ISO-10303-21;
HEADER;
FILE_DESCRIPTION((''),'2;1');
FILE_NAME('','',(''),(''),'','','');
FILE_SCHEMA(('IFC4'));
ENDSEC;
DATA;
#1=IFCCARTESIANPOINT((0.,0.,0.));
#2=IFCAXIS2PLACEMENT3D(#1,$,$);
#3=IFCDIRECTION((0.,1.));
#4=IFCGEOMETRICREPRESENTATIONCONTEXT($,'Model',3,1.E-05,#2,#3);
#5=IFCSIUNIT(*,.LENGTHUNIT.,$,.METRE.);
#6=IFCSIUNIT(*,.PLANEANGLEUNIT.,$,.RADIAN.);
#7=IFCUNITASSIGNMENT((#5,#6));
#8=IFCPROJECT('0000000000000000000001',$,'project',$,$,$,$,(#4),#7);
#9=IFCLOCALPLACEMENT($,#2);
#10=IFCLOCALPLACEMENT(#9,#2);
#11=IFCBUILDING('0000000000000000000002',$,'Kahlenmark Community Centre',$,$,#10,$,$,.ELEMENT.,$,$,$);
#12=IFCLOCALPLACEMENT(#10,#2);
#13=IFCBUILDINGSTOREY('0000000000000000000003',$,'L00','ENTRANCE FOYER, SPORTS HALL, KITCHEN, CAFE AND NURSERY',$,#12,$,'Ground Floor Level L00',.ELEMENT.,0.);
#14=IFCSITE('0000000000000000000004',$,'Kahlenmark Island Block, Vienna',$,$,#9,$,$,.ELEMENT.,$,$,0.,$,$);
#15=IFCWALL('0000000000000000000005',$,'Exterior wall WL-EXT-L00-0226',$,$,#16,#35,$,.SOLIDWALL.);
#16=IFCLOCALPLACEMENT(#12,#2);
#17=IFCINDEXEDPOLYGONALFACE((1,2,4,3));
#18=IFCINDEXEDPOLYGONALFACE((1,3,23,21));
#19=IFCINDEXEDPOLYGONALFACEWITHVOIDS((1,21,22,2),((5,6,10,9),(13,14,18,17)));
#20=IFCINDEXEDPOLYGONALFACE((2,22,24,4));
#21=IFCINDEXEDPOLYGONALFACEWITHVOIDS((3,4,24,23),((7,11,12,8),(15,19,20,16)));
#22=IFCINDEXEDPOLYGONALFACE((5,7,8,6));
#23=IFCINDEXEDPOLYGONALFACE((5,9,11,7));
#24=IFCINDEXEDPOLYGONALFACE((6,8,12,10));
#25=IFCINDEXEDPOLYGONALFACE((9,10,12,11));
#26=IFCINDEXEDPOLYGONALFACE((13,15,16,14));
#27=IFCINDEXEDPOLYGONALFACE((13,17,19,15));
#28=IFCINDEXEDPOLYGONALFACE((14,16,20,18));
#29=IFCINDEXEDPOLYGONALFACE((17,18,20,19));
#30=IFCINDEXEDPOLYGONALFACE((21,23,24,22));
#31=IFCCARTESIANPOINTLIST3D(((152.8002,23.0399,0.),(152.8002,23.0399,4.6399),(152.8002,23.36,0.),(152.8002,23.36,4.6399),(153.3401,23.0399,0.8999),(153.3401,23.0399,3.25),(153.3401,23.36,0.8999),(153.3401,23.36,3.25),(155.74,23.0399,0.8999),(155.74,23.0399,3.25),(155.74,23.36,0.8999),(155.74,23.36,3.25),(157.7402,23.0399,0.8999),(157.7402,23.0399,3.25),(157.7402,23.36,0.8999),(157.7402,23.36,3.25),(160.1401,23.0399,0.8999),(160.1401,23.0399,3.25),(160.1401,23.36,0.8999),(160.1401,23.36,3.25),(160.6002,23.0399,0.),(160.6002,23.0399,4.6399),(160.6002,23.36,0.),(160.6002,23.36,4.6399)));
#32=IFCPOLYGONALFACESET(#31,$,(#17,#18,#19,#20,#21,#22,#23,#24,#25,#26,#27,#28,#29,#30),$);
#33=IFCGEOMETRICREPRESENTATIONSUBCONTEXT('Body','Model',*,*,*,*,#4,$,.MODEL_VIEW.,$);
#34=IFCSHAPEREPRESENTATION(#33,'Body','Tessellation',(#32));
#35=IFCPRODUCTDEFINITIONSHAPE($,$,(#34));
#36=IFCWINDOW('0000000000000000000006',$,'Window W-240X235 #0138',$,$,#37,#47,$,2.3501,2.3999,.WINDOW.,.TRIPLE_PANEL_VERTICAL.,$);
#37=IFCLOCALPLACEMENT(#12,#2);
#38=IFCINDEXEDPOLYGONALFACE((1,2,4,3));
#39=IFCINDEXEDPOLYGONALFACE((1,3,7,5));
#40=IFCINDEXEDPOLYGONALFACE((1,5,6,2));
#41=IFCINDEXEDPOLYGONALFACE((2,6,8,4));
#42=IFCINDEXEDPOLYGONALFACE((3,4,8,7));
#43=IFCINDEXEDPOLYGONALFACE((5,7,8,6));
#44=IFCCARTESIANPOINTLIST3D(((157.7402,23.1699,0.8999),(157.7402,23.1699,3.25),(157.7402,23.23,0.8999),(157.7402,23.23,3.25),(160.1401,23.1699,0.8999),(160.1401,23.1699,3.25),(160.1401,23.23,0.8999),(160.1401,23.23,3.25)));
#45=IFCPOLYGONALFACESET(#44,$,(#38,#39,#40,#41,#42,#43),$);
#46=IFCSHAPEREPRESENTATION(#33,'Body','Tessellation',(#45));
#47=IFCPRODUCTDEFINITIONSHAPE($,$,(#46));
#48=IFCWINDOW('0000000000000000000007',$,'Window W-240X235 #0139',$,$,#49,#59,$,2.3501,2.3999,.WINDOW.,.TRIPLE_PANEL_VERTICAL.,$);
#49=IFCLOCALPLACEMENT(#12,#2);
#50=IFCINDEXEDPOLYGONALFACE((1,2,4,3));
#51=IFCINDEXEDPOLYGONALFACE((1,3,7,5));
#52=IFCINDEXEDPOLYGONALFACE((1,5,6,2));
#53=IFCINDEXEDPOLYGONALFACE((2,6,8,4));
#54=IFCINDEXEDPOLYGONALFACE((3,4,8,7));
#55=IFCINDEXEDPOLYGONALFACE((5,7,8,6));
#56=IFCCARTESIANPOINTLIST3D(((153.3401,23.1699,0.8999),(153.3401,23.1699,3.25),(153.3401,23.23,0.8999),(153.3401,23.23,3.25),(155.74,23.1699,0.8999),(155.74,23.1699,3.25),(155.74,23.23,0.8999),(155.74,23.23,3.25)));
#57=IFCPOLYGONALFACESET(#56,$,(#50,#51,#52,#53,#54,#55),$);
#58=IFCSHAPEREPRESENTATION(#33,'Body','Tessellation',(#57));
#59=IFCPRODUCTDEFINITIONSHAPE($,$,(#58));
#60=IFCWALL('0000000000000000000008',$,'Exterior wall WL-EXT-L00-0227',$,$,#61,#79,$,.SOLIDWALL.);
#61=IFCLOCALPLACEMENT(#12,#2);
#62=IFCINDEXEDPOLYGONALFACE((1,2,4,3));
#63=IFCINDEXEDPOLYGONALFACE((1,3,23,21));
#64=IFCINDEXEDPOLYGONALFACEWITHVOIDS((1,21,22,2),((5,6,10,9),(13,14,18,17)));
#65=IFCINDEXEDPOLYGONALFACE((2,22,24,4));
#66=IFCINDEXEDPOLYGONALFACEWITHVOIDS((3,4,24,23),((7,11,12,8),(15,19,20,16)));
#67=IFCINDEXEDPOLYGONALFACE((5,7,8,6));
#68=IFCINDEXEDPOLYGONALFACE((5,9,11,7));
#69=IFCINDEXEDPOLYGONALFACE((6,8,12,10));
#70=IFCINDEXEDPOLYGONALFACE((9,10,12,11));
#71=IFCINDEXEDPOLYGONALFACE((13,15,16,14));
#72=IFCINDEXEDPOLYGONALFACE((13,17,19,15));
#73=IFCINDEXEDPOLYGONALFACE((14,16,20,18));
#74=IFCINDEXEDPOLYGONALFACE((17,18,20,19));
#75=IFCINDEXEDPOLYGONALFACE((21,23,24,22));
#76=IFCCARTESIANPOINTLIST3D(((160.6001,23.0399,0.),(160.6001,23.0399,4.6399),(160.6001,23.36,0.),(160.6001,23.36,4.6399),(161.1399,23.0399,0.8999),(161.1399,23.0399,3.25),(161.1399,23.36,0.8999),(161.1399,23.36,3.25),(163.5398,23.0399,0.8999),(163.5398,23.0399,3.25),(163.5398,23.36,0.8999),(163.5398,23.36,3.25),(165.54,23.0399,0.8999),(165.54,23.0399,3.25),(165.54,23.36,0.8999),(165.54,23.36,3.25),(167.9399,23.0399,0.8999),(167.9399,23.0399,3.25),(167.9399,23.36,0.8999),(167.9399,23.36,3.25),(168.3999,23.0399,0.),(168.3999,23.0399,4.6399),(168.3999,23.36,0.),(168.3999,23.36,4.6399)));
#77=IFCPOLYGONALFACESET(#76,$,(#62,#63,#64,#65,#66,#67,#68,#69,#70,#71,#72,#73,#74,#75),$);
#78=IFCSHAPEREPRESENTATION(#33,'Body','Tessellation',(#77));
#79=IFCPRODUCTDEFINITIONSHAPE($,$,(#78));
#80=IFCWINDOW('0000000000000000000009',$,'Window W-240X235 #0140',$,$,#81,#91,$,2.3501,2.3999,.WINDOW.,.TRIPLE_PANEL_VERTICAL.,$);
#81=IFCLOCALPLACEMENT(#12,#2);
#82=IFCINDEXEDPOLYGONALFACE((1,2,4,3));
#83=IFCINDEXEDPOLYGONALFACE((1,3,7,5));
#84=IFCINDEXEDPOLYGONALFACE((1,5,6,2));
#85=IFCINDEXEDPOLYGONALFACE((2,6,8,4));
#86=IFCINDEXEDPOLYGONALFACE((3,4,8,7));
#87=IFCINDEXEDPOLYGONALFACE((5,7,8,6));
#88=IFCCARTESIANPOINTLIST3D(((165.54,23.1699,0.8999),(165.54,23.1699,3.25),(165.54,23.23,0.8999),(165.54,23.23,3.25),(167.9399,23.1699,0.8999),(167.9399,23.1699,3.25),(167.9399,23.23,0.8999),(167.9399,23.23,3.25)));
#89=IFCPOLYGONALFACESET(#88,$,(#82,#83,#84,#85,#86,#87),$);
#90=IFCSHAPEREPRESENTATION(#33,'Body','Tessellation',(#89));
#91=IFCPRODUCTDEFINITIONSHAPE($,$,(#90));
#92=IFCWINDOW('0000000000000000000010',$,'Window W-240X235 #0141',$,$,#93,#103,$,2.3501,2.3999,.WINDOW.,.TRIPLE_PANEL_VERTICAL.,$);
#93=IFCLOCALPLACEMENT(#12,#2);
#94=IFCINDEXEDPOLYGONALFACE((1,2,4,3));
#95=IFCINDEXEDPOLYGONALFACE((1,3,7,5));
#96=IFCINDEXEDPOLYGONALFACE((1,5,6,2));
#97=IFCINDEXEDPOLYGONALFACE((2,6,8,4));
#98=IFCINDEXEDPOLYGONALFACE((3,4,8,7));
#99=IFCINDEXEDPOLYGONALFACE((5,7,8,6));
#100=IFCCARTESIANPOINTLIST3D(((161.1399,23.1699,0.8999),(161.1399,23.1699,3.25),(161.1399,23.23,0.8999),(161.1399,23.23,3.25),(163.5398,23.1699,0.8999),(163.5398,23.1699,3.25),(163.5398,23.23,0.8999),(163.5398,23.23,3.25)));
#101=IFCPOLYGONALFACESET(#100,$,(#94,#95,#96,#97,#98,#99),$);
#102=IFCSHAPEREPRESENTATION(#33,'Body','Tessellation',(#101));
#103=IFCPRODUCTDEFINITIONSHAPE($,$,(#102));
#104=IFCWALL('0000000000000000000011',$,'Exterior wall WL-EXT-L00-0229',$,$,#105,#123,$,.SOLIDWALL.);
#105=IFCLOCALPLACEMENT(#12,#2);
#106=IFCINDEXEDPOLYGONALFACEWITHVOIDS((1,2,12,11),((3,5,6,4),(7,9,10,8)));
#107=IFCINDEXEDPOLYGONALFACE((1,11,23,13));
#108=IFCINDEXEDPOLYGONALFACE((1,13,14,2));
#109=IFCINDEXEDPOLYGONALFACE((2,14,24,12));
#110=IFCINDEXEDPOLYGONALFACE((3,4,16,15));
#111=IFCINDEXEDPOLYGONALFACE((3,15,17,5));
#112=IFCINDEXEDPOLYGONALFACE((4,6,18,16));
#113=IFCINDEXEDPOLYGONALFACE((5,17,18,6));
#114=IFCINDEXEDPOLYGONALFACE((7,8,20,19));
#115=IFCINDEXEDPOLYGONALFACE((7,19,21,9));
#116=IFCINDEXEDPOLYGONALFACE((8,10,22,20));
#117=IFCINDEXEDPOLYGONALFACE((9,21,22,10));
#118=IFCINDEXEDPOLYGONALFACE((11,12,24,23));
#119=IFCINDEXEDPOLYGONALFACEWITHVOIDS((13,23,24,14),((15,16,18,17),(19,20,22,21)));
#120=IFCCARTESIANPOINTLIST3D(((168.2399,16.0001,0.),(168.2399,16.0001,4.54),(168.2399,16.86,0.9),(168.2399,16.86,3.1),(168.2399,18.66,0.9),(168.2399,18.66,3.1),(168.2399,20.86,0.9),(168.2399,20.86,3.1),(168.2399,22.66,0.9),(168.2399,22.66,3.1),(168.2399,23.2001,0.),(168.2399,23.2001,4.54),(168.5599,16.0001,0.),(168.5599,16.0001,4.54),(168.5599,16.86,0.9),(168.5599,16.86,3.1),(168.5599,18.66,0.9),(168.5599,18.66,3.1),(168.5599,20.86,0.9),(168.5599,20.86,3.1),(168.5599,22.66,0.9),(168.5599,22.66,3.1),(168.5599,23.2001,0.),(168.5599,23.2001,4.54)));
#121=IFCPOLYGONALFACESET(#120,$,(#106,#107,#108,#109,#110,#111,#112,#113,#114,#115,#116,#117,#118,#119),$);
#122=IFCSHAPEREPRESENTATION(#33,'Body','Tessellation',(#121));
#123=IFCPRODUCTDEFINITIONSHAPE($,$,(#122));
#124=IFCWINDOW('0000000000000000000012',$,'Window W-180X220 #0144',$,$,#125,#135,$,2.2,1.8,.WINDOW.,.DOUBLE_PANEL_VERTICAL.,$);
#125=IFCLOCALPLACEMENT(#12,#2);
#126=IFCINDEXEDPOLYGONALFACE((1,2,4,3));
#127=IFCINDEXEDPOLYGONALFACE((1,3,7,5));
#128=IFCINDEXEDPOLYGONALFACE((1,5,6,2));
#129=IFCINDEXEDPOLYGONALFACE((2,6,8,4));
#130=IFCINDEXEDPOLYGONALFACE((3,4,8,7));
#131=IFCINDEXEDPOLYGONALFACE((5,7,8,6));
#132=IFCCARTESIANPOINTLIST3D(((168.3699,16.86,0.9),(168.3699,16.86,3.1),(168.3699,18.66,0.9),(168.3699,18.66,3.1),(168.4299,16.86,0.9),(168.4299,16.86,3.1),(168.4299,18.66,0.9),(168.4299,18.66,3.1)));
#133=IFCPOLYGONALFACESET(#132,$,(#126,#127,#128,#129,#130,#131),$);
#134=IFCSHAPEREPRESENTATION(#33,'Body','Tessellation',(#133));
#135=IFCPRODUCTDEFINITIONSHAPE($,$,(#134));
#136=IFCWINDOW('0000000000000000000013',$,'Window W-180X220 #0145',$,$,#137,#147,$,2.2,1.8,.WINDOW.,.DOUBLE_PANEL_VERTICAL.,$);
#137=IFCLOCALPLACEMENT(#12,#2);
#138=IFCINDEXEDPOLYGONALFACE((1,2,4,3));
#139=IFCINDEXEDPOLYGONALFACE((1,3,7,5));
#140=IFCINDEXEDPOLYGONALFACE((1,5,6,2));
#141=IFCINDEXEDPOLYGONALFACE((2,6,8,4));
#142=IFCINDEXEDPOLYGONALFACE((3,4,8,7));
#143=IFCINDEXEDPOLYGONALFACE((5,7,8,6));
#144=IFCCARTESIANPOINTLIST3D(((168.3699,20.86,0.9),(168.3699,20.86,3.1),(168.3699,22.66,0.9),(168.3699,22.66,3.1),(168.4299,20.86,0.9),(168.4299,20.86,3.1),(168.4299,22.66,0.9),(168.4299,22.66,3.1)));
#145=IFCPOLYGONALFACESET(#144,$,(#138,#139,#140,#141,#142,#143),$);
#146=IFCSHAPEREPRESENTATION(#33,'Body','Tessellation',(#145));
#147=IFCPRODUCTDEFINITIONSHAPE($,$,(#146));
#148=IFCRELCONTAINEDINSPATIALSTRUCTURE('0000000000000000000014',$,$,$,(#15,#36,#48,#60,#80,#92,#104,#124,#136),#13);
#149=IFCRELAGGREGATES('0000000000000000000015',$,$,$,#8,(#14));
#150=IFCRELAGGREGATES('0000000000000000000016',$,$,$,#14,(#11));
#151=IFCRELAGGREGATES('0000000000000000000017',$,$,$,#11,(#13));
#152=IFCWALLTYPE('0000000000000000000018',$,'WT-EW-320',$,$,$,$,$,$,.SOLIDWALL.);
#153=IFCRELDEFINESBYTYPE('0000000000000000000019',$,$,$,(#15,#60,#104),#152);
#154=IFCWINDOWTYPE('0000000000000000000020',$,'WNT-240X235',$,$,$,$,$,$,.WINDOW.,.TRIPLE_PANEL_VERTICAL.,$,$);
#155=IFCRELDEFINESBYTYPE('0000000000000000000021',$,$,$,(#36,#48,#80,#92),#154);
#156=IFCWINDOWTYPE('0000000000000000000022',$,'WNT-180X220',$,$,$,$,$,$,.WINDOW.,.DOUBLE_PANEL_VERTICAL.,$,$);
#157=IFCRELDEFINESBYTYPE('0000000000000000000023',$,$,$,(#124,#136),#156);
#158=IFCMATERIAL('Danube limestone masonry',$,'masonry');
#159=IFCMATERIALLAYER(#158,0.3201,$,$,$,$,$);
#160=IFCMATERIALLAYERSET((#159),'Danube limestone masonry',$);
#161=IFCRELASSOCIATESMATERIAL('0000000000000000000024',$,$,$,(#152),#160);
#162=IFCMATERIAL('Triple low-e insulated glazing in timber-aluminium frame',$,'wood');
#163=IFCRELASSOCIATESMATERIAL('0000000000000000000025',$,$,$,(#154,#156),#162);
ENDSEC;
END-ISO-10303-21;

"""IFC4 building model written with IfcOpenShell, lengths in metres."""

from ifc_helpers import new_model, si_unit, direction, frame, frame_2d, origin, place, context, subcontext, project, spatial, rectangle, extrude, material, layer, layer_set, type_object, element, fill, save


model = new_model("IFC4")

# Units and contexts
model_context = context("Model", 3, precision=1e-05, world=origin(), true_north=direction((0.0, 1.0)))
body_context = subcontext(model_context, "Body", "Model", "MODEL_VIEW")
ifc_project = project(units=[si_unit("LENGTHUNIT", "METRE"), si_unit("PLANEANGLEUNIT", "RADIAN")], contexts=[model_context])

# Site, building, storey
site_placement = place(None, origin())
site = spatial("IfcSite", under=ifc_project, at=site_placement, Name="Kahlenmark Island Block, Vienna", CompositionType="ELEMENT", RefElevation=0.0)
building_placement = place(site_placement, origin())
building = spatial("IfcBuilding", under=site, at=building_placement, Name="Kahlenmark Community Centre", CompositionType="ELEMENT")
storey_placement = place(building_placement, origin())
storey = spatial("IfcBuildingStorey", under=building, at=storey_placement, Name="L00", Description="ENTRANCE FOYER, SPORTS HALL, KITCHEN, CAFE AND NURSERY", LongName="Ground Floor Level L00", CompositionType="ELEMENT", Elevation=0.0)

# Walls, openings, windows
ifc_material_1 = material(Name="Danube limestone masonry", Category="masonry")
ifc_layer = layer(ifc_material_1, 0.3201)
ifc_layer_set = layer_set([ifc_layer], Name="Danube limestone masonry")
wall_type = type_object("IfcWallType", Name="WT-EW-320", PredefinedType="SOLIDWALL", material=ifc_layer_set)
ifc_material_2 = material(Name="Triple low-e insulated glazing in timber-aluminium frame", Category="wood")
window_type_1 = type_object("IfcWindowType", Name="WNT-240X235", PartitioningType="TRIPLE_PANEL_VERTICAL", PredefinedType="WINDOW", material=ifc_material_2)
wall_1_placement = place(storey_placement, frame((160.6001, 23.2, 0.0), z_axis=(0.0, 0.0, 1.0), x_axis=(-1.0, 0.0, 0.0)))
wall_1 = element("IfcWall", 1, at=wall_1_placement, inside=storey, type_object=wall_type, Name="Exterior wall WL-EXT-L00-0226", PredefinedType="SOLIDWALL", context=body_context, shape_type="SweptSolid", body=[
    extrude(rectangle(XDim=7.8, YDim=0.3201, at=frame_2d((3.8999, 0.0))), origin(), (0.0, 0.0, 1.0), 4.6399),
])
opening_1_placement = place(wall_1_placement, frame((0.46, 0.0, 0.8999)))
opening_1 = element("IfcOpeningElement", 2, at=opening_1_placement, cuts=wall_1, PredefinedType="OPENING", context=body_context, shape_type="SweptSolid", body=[
    extrude(rectangle(XDim=2.3999, YDim=2.3501, at=frame_2d((1.2, 1.175))), frame((0.0, 0.1699, 0.0), z_axis=(0.0, -1.0, 0.0), x_axis=(1.0, 0.0, 0.0)), (0.0, 0.0, 1.0), 0.3401),
])
opening_2_placement = place(wall_1_placement, frame((4.8601, 0.0, 0.8999)))
opening_2 = element("IfcOpeningElement", 3, at=opening_2_placement, cuts=wall_1, PredefinedType="OPENING", context=body_context, shape_type="SweptSolid", body=[
    extrude(rectangle(XDim=2.3999, YDim=2.3501, at=frame_2d((1.2, 1.175))), frame((0.0, 0.1699, 0.0), z_axis=(0.0, -1.0, 0.0), x_axis=(1.0, 0.0, 0.0)), (0.0, 0.0, 1.0), 0.3401),
])
window_1_placement = place(opening_1_placement, origin())
window_1 = element("IfcWindow", 4, at=window_1_placement, inside=storey, type_object=window_type_1, Name="Window W-240X235 #0138", OverallHeight=2.3501, OverallWidth=2.3999, PartitioningType="TRIPLE_PANEL_VERTICAL", PredefinedType="WINDOW", context=body_context, shape_type="SweptSolid", body=[
    extrude(rectangle(XDim=2.3999, YDim=2.3501, at=frame_2d((1.2, 1.175))), frame((0.0, 0.03, 0.0), z_axis=(0.0, -1.0, 0.0), x_axis=(1.0, 0.0, 0.0)), (0.0, 0.0, 1.0), 0.0601),
])
fill(opening_1, window_1)
window_2_placement = place(opening_2_placement, origin())
window_2 = element("IfcWindow", 5, at=window_2_placement, inside=storey, type_object=window_type_1, Name="Window W-240X235 #0139", OverallHeight=2.3501, OverallWidth=2.3999, PartitioningType="TRIPLE_PANEL_VERTICAL", PredefinedType="WINDOW", context=body_context, shape_type="SweptSolid", body=[
    extrude(rectangle(XDim=2.3999, YDim=2.3501, at=frame_2d((1.2, 1.175))), frame((0.0, 0.03, 0.0), z_axis=(0.0, -1.0, 0.0), x_axis=(1.0, 0.0, 0.0)), (0.0, 0.0, 1.0), 0.0601),
])
fill(opening_2, window_2)
wall_2_placement = place(storey_placement, frame((168.3999, 23.2, 0.0), z_axis=(0.0, 0.0, 1.0), x_axis=(-1.0, 0.0, 0.0)))
wall_2 = element("IfcWall", 6, at=wall_2_placement, inside=storey, type_object=wall_type, Name="Exterior wall WL-EXT-L00-0227", PredefinedType="SOLIDWALL", context=body_context, shape_type="SweptSolid", body=[
    extrude(rectangle(XDim=7.7998, YDim=0.3201, at=frame_2d((3.8999, 0.0))), origin(), (0.0, 0.0, 1.0), 4.6399),
])
opening_3_placement = place(wall_2_placement, frame((0.46, 0.0, 0.8999)))
opening_3 = element("IfcOpeningElement", 7, at=opening_3_placement, cuts=wall_2, PredefinedType="OPENING", context=body_context, shape_type="SweptSolid", body=[
    extrude(rectangle(XDim=2.3999, YDim=2.3501, at=frame_2d((1.2, 1.175))), frame((0.0, 0.1699, 0.0), z_axis=(0.0, -1.0, 0.0), x_axis=(1.0, 0.0, 0.0)), (0.0, 0.0, 1.0), 0.3401),
])
opening_4_placement = place(wall_2_placement, frame((4.8601, 0.0, 0.8999)))
opening_4 = element("IfcOpeningElement", 8, at=opening_4_placement, cuts=wall_2, PredefinedType="OPENING", context=body_context, shape_type="SweptSolid", body=[
    extrude(rectangle(XDim=2.3999, YDim=2.3501, at=frame_2d((1.2, 1.175))), frame((0.0, 0.1699, 0.0), z_axis=(0.0, -1.0, 0.0), x_axis=(1.0, 0.0, 0.0)), (0.0, 0.0, 1.0), 0.3401),
])
window_3_placement = place(opening_3_placement, origin())
window_3 = element("IfcWindow", 9, at=window_3_placement, inside=storey, type_object=window_type_1, Name="Window W-240X235 #0140", OverallHeight=2.3501, OverallWidth=2.3999, PartitioningType="TRIPLE_PANEL_VERTICAL", PredefinedType="WINDOW", context=body_context, shape_type="SweptSolid", body=[
    extrude(rectangle(XDim=2.3999, YDim=2.3501, at=frame_2d((1.2, 1.175))), frame((0.0, 0.03, 0.0), z_axis=(0.0, -1.0, 0.0), x_axis=(1.0, 0.0, 0.0)), (0.0, 0.0, 1.0), 0.0601),
])
fill(opening_3, window_3)
window_4_placement = place(opening_4_placement, origin())
window_4 = element("IfcWindow", 10, at=window_4_placement, inside=storey, type_object=window_type_1, Name="Window W-240X235 #0141", OverallHeight=2.3501, OverallWidth=2.3999, PartitioningType="TRIPLE_PANEL_VERTICAL", PredefinedType="WINDOW", context=body_context, shape_type="SweptSolid", body=[
    extrude(rectangle(XDim=2.3999, YDim=2.3501, at=frame_2d((1.2, 1.175))), frame((0.0, 0.03, 0.0), z_axis=(0.0, -1.0, 0.0), x_axis=(1.0, 0.0, 0.0)), (0.0, 0.0, 1.0), 0.0601),
])
fill(opening_4, window_4)
wall_3_placement = place(storey_placement, frame((168.3999, 16.0, 0.0), z_axis=(0.0, 0.0, 1.0), x_axis=(0.0, 1.0, 0.0)))
wall_3 = element("IfcWall", 11, at=wall_3_placement, inside=storey, type_object=wall_type, Name="Exterior wall WL-EXT-L00-0229", PredefinedType="SOLIDWALL", context=body_context, shape_type="SweptSolid", body=[
    extrude(rectangle(XDim=7.2, YDim=0.3201, at=frame_2d((3.6001, 0.0))), origin(), (0.0, 0.0, 1.0), 4.54),
])
opening_5_placement = place(wall_3_placement, frame((0.8601, 0.0, 0.8999)))
opening_5 = element("IfcOpeningElement", 12, at=opening_5_placement, cuts=wall_3, PredefinedType="OPENING", context=body_context, shape_type="SweptSolid", body=[
    extrude(rectangle(XDim=1.8, YDim=2.2, at=frame_2d((0.8999, 1.1001))), frame((0.0, 0.1699, 0.0), z_axis=(0.0, -1.0, 0.0), x_axis=(1.0, 0.0, 0.0)), (0.0, 0.0, 1.0), 0.3401),
])
opening_6_placement = place(wall_3_placement, frame((4.8601, 0.0, 0.8999)))
opening_6 = element("IfcOpeningElement", 13, at=opening_6_placement, cuts=wall_3, PredefinedType="OPENING", context=body_context, shape_type="SweptSolid", body=[
    extrude(rectangle(XDim=1.8, YDim=2.2, at=frame_2d((0.8999, 1.1001))), frame((0.0, 0.1699, 0.0), z_axis=(0.0, -1.0, 0.0), x_axis=(1.0, 0.0, 0.0)), (0.0, 0.0, 1.0), 0.3401),
])
window_type_2 = type_object("IfcWindowType", Name="WNT-180X220", PartitioningType="DOUBLE_PANEL_VERTICAL", PredefinedType="WINDOW", material=ifc_material_2)
window_5_placement = place(opening_5_placement, origin())
window_5 = element("IfcWindow", 14, at=window_5_placement, inside=storey, type_object=window_type_2, Name="Window W-180X220 #0144", OverallHeight=2.2, OverallWidth=1.8, PartitioningType="DOUBLE_PANEL_VERTICAL", PredefinedType="WINDOW", context=body_context, shape_type="SweptSolid", body=[
    extrude(rectangle(XDim=1.8, YDim=2.2, at=frame_2d((0.8999, 1.1001))), frame((0.0, 0.03, 0.0), z_axis=(0.0, -1.0, 0.0), x_axis=(1.0, 0.0, 0.0)), (0.0, 0.0, 1.0), 0.0601),
])
fill(opening_5, window_5)
window_6_placement = place(opening_6_placement, origin())
window_6 = element("IfcWindow", 15, at=window_6_placement, inside=storey, type_object=window_type_2, Name="Window W-180X220 #0145", OverallHeight=2.2, OverallWidth=1.8, PartitioningType="DOUBLE_PANEL_VERTICAL", PredefinedType="WINDOW", context=body_context, shape_type="SweptSolid", body=[
    extrude(rectangle(XDim=1.8, YDim=2.2, at=frame_2d((0.8999, 1.1001))), frame((0.0, 0.03, 0.0), z_axis=(0.0, -1.0, 0.0), x_axis=(1.0, 0.0, 0.0)), (0.0, 0.0, 1.0), 0.0601),
])
fill(opening_6, window_6)

save(model, "model.ifc")
